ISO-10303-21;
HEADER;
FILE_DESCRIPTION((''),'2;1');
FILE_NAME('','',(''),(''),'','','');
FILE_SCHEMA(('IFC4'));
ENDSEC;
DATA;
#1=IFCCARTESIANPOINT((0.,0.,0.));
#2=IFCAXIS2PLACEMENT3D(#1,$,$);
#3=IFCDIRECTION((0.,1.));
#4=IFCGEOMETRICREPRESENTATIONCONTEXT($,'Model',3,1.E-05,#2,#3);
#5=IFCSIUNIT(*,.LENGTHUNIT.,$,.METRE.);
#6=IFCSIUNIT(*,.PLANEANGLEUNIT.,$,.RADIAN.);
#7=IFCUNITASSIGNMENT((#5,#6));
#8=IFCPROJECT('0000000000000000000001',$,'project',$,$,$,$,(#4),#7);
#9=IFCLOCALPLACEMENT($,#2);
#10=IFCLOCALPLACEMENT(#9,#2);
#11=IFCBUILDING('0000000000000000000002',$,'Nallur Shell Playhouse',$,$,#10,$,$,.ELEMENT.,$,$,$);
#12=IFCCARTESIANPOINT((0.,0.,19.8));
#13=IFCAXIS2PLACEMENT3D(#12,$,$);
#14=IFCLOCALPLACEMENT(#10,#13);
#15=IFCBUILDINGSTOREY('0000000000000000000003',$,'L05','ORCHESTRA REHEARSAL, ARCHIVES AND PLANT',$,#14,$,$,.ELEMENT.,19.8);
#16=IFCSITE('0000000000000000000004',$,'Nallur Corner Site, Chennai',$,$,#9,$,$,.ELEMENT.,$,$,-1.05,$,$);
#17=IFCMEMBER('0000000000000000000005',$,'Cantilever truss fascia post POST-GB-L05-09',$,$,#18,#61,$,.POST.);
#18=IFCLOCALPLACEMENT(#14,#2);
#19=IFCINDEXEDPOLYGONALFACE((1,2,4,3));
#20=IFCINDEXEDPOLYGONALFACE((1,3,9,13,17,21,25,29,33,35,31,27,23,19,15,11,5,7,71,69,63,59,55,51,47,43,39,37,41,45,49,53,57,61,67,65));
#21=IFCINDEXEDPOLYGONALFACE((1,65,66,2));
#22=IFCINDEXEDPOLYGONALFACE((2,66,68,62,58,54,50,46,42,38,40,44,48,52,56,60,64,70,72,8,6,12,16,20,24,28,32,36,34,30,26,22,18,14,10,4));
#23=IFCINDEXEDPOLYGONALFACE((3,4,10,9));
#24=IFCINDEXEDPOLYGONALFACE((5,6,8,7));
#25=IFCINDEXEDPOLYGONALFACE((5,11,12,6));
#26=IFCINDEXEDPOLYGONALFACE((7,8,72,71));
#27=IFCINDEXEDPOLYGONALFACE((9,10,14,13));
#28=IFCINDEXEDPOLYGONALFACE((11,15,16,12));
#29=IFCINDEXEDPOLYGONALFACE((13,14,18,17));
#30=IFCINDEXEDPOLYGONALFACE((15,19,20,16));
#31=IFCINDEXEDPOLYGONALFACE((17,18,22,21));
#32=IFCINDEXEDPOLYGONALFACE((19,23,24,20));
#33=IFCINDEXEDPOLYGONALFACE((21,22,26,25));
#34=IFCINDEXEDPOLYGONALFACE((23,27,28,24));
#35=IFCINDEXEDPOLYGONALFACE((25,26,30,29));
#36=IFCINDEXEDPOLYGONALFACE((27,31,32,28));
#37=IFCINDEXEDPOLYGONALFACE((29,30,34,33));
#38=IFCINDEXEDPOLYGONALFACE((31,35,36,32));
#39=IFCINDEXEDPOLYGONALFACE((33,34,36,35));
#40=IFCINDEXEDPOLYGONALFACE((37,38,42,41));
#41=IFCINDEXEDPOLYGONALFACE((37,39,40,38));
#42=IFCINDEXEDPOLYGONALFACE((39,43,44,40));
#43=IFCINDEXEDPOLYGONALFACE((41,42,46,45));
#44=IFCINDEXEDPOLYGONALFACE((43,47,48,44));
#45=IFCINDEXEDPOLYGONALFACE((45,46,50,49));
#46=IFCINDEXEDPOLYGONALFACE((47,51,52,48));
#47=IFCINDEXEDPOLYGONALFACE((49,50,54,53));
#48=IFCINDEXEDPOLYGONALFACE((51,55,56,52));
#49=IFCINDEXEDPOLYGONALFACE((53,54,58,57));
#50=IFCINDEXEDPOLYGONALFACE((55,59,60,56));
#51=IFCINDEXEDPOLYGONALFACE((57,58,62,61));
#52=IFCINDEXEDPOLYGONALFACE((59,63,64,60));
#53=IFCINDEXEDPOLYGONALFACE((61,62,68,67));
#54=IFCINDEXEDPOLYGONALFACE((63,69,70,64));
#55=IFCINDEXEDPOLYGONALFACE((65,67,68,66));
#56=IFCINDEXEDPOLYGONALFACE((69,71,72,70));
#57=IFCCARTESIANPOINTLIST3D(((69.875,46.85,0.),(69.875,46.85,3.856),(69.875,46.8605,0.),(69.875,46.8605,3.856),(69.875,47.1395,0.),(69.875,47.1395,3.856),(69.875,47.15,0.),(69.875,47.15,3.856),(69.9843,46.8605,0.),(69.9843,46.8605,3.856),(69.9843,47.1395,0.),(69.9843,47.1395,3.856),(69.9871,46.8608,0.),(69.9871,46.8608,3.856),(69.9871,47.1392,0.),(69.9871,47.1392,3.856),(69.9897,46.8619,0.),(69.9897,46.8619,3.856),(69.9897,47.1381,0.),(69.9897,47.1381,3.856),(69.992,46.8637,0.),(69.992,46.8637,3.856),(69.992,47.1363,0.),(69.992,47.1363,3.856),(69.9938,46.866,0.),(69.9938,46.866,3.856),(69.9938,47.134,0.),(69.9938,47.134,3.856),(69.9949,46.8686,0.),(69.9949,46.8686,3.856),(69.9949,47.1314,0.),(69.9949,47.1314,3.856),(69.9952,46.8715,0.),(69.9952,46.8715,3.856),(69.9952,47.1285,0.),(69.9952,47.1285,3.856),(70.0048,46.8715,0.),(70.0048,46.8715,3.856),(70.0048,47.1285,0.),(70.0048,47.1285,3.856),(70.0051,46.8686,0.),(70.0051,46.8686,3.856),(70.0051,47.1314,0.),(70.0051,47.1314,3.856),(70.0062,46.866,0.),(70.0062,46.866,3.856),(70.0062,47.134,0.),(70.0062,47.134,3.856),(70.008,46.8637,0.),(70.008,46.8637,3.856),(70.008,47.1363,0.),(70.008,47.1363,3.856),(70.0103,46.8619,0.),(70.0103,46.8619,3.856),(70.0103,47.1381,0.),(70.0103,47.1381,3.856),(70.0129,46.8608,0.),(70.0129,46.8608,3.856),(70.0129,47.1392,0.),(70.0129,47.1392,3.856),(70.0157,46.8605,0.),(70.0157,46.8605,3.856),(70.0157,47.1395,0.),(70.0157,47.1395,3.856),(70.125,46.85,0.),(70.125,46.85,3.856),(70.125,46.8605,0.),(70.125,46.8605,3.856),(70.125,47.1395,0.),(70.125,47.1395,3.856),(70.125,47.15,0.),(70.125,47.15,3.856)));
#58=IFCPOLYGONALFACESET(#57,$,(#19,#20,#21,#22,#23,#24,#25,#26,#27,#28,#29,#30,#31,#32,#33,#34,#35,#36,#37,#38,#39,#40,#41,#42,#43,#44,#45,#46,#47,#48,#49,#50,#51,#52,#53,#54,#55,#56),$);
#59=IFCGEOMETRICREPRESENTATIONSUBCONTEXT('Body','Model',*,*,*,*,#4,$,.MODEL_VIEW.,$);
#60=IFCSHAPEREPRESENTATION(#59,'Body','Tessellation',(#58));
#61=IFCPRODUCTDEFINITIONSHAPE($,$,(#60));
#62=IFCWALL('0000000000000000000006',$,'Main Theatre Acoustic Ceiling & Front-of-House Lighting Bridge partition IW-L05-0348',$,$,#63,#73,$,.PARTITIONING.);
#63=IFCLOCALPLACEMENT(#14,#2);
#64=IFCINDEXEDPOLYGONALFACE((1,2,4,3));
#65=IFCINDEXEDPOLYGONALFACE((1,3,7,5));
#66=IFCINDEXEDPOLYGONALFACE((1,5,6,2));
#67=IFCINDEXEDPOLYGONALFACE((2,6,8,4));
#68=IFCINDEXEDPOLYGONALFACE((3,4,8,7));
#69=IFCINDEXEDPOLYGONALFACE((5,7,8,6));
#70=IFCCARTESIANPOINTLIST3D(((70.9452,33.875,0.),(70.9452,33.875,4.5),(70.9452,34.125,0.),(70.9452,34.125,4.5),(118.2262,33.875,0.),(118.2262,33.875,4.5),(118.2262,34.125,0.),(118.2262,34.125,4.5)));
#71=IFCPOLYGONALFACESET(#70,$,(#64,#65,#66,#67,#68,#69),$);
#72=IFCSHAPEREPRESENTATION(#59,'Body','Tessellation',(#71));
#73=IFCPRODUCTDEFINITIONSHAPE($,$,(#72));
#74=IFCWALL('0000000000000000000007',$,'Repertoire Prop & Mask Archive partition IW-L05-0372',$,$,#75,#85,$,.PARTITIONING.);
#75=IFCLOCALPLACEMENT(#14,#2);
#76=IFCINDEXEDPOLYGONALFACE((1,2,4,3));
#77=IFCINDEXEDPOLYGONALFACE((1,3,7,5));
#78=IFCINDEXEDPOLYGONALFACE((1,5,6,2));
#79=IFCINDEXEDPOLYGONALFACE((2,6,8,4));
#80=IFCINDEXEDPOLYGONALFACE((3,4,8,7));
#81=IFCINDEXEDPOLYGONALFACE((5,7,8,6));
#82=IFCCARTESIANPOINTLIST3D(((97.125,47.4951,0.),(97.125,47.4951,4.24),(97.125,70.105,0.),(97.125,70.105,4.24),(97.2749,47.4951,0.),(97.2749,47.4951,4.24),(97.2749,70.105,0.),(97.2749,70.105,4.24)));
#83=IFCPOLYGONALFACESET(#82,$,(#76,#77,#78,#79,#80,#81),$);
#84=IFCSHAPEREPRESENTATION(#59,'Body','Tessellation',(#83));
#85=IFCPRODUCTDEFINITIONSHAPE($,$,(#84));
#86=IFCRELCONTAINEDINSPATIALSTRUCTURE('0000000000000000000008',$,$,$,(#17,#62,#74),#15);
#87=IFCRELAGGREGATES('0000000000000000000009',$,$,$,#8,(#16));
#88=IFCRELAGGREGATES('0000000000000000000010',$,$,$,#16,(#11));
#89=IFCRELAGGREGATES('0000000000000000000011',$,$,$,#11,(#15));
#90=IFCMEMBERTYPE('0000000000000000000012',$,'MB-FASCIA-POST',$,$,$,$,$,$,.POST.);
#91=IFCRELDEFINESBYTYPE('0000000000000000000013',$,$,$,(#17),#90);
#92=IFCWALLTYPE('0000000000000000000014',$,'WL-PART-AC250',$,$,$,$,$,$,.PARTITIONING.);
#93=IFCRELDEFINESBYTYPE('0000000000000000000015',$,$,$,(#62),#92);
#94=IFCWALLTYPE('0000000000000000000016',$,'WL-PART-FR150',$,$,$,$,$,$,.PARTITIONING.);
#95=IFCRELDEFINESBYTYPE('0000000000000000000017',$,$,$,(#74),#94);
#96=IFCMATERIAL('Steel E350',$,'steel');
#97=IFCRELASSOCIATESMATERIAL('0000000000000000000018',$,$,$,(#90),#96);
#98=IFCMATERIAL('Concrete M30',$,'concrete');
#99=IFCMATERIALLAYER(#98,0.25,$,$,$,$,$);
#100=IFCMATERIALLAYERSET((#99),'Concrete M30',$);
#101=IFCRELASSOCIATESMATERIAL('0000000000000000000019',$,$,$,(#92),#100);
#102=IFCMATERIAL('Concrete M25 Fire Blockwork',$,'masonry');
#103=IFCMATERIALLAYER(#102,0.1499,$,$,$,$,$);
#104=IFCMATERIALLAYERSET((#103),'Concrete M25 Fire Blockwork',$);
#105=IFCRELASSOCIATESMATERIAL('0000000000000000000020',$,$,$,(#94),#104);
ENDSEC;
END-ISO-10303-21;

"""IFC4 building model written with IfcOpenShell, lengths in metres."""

from ifc_helpers import new_model, si_unit, direction, frame, frame_2d, origin, origin_2d, place, context, subcontext, project, spatial, rectangle, i_section, extrude, material, layer, layer_set, material_profile, profile_set, type_object, element, save


model = new_model("IFC4")

# Units and contexts
model_context = context("Model", 3, precision=1e-05, world=origin(), true_north=direction((0.0, 1.0)))
body_context = subcontext(model_context, "Body", "Model", "MODEL_VIEW")
ifc_project = project(units=[si_unit("LENGTHUNIT", "METRE"), si_unit("PLANEANGLEUNIT", "RADIAN")], contexts=[model_context])

# Site, building, storey
site_placement = place(None, origin())
site = spatial("IfcSite", under=ifc_project, at=site_placement, Name="Nallur Corner Site, Chennai", CompositionType="ELEMENT", RefElevation=-1.05)
building_placement = place(site_placement, origin())
building = spatial("IfcBuilding", under=site, at=building_placement, Name="Nallur Shell Playhouse", CompositionType="ELEMENT")
storey_placement = place(building_placement, frame((0.0, 0.0, 19.8)))
storey = spatial("IfcBuildingStorey", under=building, at=storey_placement, Name="L05", Description="ORCHESTRA REHEARSAL, ARCHIVES AND PLANT", CompositionType="ELEMENT", Elevation=19.8)

# Shared definitions
ifc_material_1 = material(Name="Steel E350", Category="steel")

# Member
ifc_material_profile_1 = material_profile(ifc_material_1, i_section(OverallWidth=0.25, OverallDepth=0.3, WebThickness=0.0095, FlangeThickness=0.0105, FilletRadius=0.011, at=origin_2d()), Name="ISHB 300")
ifc_profile_set_1 = profile_set([ifc_material_profile_1], Name="Steel E350")
member_type = type_object("IfcMemberType", Name="MB-FASCIA-POST", PredefinedType="POST", material=ifc_profile_set_1)
member_placement = place(storey_placement, frame((70.0, 47.0, 0.0), z_axis=(0.0, 0.0, 1.0), x_axis=(1.0, 0.0, 0.0)))
element("IfcMember", 1, at=member_placement, inside=storey, type_object=member_type, Name="Cantilever truss fascia post POST-GB-L05-09", PredefinedType="POST", context=body_context, shape_type="SweptSolid", body=[
    extrude(i_section(OverallWidth=0.25, OverallDepth=0.3, WebThickness=0.0095, FlangeThickness=0.0105, FilletRadius=0.011, at=origin_2d()), origin(), (0.0, 0.0, 1.0), 3.856),
])

# Wall
ifc_material_2 = material(Name="Concrete M30", Category="concrete")
ifc_layer_1 = layer(ifc_material_2, 0.25)
ifc_layer_set_1 = layer_set([ifc_layer_1], Name="Concrete M30")
wall_type_1 = type_object("IfcWallType", Name="WL-PART-AC250", PredefinedType="PARTITIONING", material=ifc_layer_set_1)
wall_1_placement = place(storey_placement, frame((70.9451, 34.0, 0.0), z_axis=(0.0, 0.0, 1.0), x_axis=(1.0, 0.0, 0.0)))
element("IfcWall", 2, at=wall_1_placement, inside=storey, type_object=wall_type_1, Name="Main Theatre Acoustic Ceiling & Front-of-House Lighting Bridge partition IW-L05-0348", PredefinedType="PARTITIONING", context=body_context, shape_type="SweptSolid", body=[
    extrude(rectangle(XDim=47.281, YDim=0.25, at=frame_2d((23.6406, 0.0))), origin(), (0.0, 0.0, 1.0), 4.5),
])

# Wall
ifc_material_3 = material(Name="Concrete M25 Fire Blockwork", Category="masonry")
ifc_layer_2 = layer(ifc_material_3, 0.1499)
ifc_layer_set_2 = layer_set([ifc_layer_2], Name="Concrete M25 Fire Blockwork")
wall_type_2 = type_object("IfcWallType", Name="WL-PART-FR150", PredefinedType="PARTITIONING", material=ifc_layer_set_2)
wall_2_placement = place(storey_placement, frame((97.2, 47.4951, 0.0), z_axis=(0.0, 0.0, 1.0), x_axis=(0.0, 1.0, 0.0)))
element("IfcWall", 3, at=wall_2_placement, inside=storey, type_object=wall_type_2, Name="Repertoire Prop & Mask Archive partition IW-L05-0372", PredefinedType="PARTITIONING", context=body_context, shape_type="SweptSolid", body=[
    extrude(rectangle(XDim=22.6099, YDim=0.1499, at=frame_2d((11.3049, 0.0))), origin(), (0.0, 0.0, 1.0), 4.24),
])

save(model, "model.ifc")
